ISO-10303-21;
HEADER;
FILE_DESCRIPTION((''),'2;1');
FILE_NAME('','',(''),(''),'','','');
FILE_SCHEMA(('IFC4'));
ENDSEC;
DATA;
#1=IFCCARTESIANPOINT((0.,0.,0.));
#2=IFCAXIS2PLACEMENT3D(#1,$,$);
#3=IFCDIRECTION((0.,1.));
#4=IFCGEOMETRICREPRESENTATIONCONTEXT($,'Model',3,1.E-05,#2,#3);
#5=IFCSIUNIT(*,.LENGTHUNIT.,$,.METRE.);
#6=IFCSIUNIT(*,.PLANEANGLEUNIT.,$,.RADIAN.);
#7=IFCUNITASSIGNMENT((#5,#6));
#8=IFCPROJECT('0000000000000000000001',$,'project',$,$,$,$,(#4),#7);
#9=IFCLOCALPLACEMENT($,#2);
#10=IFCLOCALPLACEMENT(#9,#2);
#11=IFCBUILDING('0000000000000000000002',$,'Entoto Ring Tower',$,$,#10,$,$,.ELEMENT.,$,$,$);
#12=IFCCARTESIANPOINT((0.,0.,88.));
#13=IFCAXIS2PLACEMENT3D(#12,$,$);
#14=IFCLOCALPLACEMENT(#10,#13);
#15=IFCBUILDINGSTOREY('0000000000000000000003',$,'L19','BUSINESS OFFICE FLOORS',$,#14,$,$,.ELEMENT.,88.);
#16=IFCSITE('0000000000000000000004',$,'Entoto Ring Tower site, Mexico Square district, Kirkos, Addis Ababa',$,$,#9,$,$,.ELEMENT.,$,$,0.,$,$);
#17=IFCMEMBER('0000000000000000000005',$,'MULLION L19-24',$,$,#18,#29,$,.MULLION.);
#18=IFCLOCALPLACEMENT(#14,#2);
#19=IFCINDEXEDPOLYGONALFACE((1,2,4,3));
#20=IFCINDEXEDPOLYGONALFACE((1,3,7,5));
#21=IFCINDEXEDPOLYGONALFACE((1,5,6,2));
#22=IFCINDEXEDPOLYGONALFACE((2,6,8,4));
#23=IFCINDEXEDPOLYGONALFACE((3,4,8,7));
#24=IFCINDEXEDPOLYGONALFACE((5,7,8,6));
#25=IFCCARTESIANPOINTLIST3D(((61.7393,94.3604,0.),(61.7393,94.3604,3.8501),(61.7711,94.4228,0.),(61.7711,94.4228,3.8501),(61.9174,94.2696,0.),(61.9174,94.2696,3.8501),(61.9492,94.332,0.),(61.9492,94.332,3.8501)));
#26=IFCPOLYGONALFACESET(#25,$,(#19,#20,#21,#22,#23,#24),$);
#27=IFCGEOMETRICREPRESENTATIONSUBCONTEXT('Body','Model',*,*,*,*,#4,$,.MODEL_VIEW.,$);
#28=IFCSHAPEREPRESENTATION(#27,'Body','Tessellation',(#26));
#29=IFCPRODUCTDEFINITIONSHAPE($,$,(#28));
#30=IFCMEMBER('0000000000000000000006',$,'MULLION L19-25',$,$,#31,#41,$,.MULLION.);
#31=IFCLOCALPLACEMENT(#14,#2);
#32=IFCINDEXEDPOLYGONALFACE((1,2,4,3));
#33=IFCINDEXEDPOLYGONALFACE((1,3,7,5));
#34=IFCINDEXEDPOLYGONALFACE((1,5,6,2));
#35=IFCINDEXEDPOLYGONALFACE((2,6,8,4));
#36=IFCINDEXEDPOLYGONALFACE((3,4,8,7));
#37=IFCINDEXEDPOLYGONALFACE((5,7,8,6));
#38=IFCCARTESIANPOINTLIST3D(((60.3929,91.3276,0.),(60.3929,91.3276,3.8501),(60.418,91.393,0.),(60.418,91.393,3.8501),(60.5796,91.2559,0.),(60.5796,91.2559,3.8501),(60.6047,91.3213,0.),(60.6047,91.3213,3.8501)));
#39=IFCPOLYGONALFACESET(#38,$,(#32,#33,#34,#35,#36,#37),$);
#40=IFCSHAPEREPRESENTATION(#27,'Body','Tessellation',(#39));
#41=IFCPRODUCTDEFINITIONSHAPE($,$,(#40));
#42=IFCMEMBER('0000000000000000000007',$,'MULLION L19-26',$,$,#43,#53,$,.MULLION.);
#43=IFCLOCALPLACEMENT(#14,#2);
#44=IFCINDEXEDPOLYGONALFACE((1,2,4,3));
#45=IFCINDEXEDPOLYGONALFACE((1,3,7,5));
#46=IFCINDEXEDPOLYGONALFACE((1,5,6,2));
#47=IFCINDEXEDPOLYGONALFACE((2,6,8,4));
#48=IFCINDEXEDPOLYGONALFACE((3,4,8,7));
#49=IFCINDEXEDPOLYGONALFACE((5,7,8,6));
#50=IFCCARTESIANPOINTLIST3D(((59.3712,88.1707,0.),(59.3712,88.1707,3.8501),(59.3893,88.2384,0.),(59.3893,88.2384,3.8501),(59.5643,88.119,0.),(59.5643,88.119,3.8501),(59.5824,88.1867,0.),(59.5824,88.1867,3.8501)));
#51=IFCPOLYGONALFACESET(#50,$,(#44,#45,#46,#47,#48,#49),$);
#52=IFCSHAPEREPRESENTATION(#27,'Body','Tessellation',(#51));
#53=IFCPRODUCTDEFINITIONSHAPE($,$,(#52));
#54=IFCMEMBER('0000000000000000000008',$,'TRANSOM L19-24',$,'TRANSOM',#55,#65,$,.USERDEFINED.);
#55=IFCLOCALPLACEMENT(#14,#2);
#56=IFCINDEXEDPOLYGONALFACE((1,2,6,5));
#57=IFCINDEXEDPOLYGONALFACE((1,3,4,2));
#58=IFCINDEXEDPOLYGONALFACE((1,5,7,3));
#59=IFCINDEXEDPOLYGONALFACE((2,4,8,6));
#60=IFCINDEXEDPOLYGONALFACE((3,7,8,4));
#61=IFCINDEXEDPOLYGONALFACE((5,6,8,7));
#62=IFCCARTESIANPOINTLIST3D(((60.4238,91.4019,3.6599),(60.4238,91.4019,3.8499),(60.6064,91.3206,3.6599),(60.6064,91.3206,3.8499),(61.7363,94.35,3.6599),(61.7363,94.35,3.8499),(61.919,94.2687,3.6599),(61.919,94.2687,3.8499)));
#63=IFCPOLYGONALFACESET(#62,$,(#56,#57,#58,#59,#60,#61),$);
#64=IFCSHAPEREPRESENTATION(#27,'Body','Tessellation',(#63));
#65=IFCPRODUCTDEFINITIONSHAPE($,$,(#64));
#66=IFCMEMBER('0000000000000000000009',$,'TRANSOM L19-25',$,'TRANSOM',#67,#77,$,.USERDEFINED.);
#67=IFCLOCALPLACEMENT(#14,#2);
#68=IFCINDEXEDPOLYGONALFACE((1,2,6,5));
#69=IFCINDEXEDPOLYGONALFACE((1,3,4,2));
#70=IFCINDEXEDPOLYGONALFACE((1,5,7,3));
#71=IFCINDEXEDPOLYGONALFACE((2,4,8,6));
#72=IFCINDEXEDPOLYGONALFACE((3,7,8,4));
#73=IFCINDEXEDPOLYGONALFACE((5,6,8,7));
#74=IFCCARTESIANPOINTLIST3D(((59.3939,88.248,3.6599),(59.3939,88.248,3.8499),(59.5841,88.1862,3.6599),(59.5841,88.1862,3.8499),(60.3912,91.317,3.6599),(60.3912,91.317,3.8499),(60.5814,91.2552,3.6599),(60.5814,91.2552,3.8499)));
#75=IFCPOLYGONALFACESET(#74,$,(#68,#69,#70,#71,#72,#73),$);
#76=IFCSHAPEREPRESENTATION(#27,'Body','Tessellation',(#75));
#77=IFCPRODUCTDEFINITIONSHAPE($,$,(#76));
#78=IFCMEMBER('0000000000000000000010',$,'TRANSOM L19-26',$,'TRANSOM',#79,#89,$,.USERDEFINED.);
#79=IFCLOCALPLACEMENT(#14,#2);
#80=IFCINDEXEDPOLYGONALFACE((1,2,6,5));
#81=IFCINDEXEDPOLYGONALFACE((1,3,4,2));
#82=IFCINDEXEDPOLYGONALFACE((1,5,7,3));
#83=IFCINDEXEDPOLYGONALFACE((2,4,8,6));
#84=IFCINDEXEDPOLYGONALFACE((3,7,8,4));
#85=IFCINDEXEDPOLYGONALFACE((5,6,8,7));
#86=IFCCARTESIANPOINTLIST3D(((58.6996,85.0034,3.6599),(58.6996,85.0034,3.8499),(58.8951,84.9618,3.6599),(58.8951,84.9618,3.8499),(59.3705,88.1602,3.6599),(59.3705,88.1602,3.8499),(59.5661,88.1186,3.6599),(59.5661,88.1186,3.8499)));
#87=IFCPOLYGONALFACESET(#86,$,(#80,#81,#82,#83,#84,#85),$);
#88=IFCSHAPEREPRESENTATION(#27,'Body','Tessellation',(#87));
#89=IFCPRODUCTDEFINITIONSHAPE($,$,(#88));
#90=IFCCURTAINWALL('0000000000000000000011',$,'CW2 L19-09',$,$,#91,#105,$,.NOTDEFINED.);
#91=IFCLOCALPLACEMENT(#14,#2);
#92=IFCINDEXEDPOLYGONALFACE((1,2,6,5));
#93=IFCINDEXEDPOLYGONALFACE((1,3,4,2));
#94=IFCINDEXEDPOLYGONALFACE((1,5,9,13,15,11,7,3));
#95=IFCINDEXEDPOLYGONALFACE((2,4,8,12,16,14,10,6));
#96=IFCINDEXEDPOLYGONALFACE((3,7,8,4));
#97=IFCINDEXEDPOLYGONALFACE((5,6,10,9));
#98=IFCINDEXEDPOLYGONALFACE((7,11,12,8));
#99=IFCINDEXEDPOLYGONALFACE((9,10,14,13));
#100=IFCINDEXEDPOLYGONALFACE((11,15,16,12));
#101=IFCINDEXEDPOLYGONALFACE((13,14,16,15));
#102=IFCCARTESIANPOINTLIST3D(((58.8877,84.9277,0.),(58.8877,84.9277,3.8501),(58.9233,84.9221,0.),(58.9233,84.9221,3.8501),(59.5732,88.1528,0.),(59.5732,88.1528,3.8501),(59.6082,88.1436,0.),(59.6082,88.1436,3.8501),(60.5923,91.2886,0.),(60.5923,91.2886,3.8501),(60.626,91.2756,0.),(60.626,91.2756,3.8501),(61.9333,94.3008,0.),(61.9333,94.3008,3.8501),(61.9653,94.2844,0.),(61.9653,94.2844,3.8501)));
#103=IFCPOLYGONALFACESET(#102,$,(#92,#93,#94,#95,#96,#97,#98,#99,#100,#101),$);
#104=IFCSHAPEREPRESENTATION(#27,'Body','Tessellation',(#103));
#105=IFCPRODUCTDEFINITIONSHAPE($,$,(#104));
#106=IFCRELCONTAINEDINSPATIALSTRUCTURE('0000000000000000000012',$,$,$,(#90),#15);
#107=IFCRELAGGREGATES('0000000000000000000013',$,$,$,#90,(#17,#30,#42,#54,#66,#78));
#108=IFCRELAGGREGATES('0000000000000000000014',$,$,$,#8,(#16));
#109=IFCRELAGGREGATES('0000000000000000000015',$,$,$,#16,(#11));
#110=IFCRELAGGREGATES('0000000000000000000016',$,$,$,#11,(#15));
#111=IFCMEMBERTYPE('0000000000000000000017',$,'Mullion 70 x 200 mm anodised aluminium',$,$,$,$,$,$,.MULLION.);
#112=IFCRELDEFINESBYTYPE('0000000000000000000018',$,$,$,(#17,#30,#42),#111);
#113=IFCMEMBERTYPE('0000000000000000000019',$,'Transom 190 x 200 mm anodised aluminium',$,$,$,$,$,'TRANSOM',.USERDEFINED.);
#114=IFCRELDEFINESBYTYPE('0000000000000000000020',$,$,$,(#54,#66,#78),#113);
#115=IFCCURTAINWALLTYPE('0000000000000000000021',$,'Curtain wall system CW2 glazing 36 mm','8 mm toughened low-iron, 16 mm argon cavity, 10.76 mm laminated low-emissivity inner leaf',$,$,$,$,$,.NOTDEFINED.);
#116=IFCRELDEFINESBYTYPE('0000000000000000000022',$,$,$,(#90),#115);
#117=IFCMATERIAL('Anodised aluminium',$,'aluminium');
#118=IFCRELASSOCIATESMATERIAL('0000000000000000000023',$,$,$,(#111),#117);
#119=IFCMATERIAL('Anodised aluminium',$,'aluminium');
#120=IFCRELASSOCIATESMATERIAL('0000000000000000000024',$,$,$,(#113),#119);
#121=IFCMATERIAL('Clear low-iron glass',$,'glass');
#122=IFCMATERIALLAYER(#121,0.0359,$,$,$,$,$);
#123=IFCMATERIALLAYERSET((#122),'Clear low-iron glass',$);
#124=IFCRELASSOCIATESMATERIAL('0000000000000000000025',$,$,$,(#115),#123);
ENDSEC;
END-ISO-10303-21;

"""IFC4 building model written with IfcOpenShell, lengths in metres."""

from ifc_helpers import new_model, si_unit, direction, frame, origin, origin_2d, place, context, subcontext, project, spatial, polyline, rectangle, outline, extrude, material, layer, layer_set, material_profile, profile_set, type_object, element, aggregate, save


model = new_model("IFC4")

# Units and contexts
model_context = context("Model", 3, precision=1e-05, world=origin(), true_north=direction((0.0, 1.0)))
body_context = subcontext(model_context, "Body", "Model", "MODEL_VIEW")
ifc_project = project(units=[si_unit("LENGTHUNIT", "METRE"), si_unit("PLANEANGLEUNIT", "RADIAN")], contexts=[model_context])

# Members
ifc_material_1 = material(Name="Anodised aluminium", Category="aluminium")
ifc_material_profile_1 = material_profile(ifc_material_1, rectangle(XDim=0.0701, YDim=0.2, at=origin_2d()), Name="Mullion 70 x 200 mm anodised aluminium")
ifc_profile_set_1 = profile_set([ifc_material_profile_1], Name="Anodised aluminium")
member_type_1 = type_object("IfcMemberType", Name="Mullion 70 x 200 mm anodised aluminium", PredefinedType="MULLION", material=ifc_profile_set_1)
site_placement = place(None, origin())
building_placement = place(site_placement, origin())
storey_placement = place(building_placement, frame((0.0, 0.0, 88.0)))
member_1_placement = place(storey_placement, frame((61.8442, 94.3462, 0.0), z_axis=(0.0, 0.0, 1.0), x_axis=(-0.45399, -0.891007, 0.0)))
member_1 = element("IfcMember", 1, at=member_1_placement, type_object=member_type_1, Name="MULLION L19-24", PredefinedType="MULLION", context=body_context, shape_type="SweptSolid", body=[
    extrude(rectangle(XDim=0.0701, YDim=0.2, at=origin_2d()), origin(), (0.0, 0.0, 1.0), 3.8501),
])
member_2_placement = place(storey_placement, frame((60.4988, 91.3245, 0.0), z_axis=(0.0, 0.0, 1.0), x_axis=(-0.358368, -0.93358, 0.0)))
member_2 = element("IfcMember", 2, at=member_2_placement, type_object=member_type_1, Name="MULLION L19-25", PredefinedType="MULLION", context=body_context, shape_type="SweptSolid", body=[
    extrude(rectangle(XDim=0.0701, YDim=0.2, at=origin_2d()), origin(), (0.0, 0.0, 1.0), 3.8501),
])
member_3_placement = place(storey_placement, frame((59.4768, 88.1787, 0.0), z_axis=(0.0, 0.0, 1.0), x_axis=(-0.258819, -0.965926, 0.0)))
member_3 = element("IfcMember", 3, at=member_3_placement, type_object=member_type_1, Name="MULLION L19-26", PredefinedType="MULLION", context=body_context, shape_type="SweptSolid", body=[
    extrude(rectangle(XDim=0.0701, YDim=0.2, at=origin_2d()), origin(), (0.0, 0.0, 1.0), 3.8501),
])
ifc_material_2 = material(Name="Anodised aluminium", Category="aluminium")
ifc_material_profile_2 = material_profile(ifc_material_2, rectangle(XDim=0.2, YDim=0.1899, at=origin_2d()), Name="Transom 190 x 200 mm anodised aluminium")
ifc_profile_set_2 = profile_set([ifc_material_profile_2], Name="Anodised aluminium")
member_type_2 = type_object("IfcMemberType", Name="Transom 190 x 200 mm anodised aluminium", ElementType="TRANSOM", PredefinedType="USERDEFINED", material=ifc_profile_set_2)
member_4_placement = place(storey_placement, frame((61.8276, 94.3093, 3.7549), z_axis=(-0.406728, -0.913549, 0.0), x_axis=(0.913549, -0.406728, 0.0)))
member_4 = element("IfcMember", 4, at=member_4_placement, type_object=member_type_2, Name="TRANSOM L19-24", ObjectType="TRANSOM", PredefinedType="USERDEFINED", context=body_context, shape_type="SweptSolid", body=[
    extrude(rectangle(XDim=0.2, YDim=0.1899, at=origin_2d()), origin(), (0.0, 0.0, 1.0), 3.2271),
])
member_5_placement = place(storey_placement, frame((60.4863, 91.2861, 3.7549), z_axis=(-0.309047, -0.951047, 0.0), x_axis=(0.951047, -0.309047, 0.0)))
member_5 = element("IfcMember", 5, at=member_5_placement, type_object=member_type_2, Name="TRANSOM L19-25", ObjectType="TRANSOM", PredefinedType="USERDEFINED", context=body_context, shape_type="SweptSolid", body=[
    extrude(rectangle(XDim=0.2, YDim=0.1899, at=origin_2d()), origin(), (0.0, 0.0, 1.0), 3.2271),
])
member_6_placement = place(storey_placement, frame((59.4683, 88.1394, 3.7549), z_axis=(-0.207886, -0.978153, 0.0), x_axis=(0.978153, -0.207886, 0.0)))
member_6 = element("IfcMember", 6, at=member_6_placement, type_object=member_type_2, Name="TRANSOM L19-26", ObjectType="TRANSOM", PredefinedType="USERDEFINED", context=body_context, shape_type="SweptSolid", body=[
    extrude(rectangle(XDim=0.2, YDim=0.1899, at=origin_2d()), origin(), (0.0, 0.0, 1.0), 3.2273),
])

# Site, building, storey
site = spatial("IfcSite", under=ifc_project, at=site_placement, Name="Entoto Ring Tower site, Mexico Square district, Kirkos, Addis Ababa", CompositionType="ELEMENT", RefElevation=0.0)
building = spatial("IfcBuilding", under=site, at=building_placement, Name="Entoto Ring Tower", CompositionType="ELEMENT")
storey = spatial("IfcBuildingStorey", under=building, at=storey_placement, Name="L19", Description="BUSINESS OFFICE FLOORS", CompositionType="ELEMENT", Elevation=88.0)

# Curtain wall
ifc_material_3 = material(Name="Clear low-iron glass", Category="glass")
ifc_layer = layer(ifc_material_3, 0.0359)
ifc_layer_set = layer_set([ifc_layer], Name="Clear low-iron glass")
curtain_wall_type = type_object("IfcCurtainWallType", Name="Curtain wall system CW2 glazing 36 mm", Description="8 mm toughened low-iron, 16 mm argon cavity, 10.76 mm laminated low-emissivity inner leaf", PredefinedType="NOTDEFINED", material=ifc_layer_set)
curtain_wall_1_placement = place(storey_placement, origin())
curtain_wall_1 = element("IfcCurtainWall", 7, at=curtain_wall_1_placement, inside=storey, type_object=curtain_wall_type, Name="CW2 L19-09", PredefinedType="NOTDEFINED", context=body_context, shape_type="SweptSolid", body=[
    extrude(outline(polyline([(61.9333, 94.3008), (60.5923, 91.2886), (59.5732, 88.1528), (58.8877, 84.9277), (58.9233, 84.9221), (59.6082, 88.1436), (60.626, 91.2756), (61.9653, 94.2844), (61.9333, 94.3008)])), origin(), (0.0, 0.0, 1.0), 3.8501),
])
aggregate(curtain_wall_1, [member_1, member_2, member_3, member_4, member_5, member_6])

save(model, "model.ifc")
